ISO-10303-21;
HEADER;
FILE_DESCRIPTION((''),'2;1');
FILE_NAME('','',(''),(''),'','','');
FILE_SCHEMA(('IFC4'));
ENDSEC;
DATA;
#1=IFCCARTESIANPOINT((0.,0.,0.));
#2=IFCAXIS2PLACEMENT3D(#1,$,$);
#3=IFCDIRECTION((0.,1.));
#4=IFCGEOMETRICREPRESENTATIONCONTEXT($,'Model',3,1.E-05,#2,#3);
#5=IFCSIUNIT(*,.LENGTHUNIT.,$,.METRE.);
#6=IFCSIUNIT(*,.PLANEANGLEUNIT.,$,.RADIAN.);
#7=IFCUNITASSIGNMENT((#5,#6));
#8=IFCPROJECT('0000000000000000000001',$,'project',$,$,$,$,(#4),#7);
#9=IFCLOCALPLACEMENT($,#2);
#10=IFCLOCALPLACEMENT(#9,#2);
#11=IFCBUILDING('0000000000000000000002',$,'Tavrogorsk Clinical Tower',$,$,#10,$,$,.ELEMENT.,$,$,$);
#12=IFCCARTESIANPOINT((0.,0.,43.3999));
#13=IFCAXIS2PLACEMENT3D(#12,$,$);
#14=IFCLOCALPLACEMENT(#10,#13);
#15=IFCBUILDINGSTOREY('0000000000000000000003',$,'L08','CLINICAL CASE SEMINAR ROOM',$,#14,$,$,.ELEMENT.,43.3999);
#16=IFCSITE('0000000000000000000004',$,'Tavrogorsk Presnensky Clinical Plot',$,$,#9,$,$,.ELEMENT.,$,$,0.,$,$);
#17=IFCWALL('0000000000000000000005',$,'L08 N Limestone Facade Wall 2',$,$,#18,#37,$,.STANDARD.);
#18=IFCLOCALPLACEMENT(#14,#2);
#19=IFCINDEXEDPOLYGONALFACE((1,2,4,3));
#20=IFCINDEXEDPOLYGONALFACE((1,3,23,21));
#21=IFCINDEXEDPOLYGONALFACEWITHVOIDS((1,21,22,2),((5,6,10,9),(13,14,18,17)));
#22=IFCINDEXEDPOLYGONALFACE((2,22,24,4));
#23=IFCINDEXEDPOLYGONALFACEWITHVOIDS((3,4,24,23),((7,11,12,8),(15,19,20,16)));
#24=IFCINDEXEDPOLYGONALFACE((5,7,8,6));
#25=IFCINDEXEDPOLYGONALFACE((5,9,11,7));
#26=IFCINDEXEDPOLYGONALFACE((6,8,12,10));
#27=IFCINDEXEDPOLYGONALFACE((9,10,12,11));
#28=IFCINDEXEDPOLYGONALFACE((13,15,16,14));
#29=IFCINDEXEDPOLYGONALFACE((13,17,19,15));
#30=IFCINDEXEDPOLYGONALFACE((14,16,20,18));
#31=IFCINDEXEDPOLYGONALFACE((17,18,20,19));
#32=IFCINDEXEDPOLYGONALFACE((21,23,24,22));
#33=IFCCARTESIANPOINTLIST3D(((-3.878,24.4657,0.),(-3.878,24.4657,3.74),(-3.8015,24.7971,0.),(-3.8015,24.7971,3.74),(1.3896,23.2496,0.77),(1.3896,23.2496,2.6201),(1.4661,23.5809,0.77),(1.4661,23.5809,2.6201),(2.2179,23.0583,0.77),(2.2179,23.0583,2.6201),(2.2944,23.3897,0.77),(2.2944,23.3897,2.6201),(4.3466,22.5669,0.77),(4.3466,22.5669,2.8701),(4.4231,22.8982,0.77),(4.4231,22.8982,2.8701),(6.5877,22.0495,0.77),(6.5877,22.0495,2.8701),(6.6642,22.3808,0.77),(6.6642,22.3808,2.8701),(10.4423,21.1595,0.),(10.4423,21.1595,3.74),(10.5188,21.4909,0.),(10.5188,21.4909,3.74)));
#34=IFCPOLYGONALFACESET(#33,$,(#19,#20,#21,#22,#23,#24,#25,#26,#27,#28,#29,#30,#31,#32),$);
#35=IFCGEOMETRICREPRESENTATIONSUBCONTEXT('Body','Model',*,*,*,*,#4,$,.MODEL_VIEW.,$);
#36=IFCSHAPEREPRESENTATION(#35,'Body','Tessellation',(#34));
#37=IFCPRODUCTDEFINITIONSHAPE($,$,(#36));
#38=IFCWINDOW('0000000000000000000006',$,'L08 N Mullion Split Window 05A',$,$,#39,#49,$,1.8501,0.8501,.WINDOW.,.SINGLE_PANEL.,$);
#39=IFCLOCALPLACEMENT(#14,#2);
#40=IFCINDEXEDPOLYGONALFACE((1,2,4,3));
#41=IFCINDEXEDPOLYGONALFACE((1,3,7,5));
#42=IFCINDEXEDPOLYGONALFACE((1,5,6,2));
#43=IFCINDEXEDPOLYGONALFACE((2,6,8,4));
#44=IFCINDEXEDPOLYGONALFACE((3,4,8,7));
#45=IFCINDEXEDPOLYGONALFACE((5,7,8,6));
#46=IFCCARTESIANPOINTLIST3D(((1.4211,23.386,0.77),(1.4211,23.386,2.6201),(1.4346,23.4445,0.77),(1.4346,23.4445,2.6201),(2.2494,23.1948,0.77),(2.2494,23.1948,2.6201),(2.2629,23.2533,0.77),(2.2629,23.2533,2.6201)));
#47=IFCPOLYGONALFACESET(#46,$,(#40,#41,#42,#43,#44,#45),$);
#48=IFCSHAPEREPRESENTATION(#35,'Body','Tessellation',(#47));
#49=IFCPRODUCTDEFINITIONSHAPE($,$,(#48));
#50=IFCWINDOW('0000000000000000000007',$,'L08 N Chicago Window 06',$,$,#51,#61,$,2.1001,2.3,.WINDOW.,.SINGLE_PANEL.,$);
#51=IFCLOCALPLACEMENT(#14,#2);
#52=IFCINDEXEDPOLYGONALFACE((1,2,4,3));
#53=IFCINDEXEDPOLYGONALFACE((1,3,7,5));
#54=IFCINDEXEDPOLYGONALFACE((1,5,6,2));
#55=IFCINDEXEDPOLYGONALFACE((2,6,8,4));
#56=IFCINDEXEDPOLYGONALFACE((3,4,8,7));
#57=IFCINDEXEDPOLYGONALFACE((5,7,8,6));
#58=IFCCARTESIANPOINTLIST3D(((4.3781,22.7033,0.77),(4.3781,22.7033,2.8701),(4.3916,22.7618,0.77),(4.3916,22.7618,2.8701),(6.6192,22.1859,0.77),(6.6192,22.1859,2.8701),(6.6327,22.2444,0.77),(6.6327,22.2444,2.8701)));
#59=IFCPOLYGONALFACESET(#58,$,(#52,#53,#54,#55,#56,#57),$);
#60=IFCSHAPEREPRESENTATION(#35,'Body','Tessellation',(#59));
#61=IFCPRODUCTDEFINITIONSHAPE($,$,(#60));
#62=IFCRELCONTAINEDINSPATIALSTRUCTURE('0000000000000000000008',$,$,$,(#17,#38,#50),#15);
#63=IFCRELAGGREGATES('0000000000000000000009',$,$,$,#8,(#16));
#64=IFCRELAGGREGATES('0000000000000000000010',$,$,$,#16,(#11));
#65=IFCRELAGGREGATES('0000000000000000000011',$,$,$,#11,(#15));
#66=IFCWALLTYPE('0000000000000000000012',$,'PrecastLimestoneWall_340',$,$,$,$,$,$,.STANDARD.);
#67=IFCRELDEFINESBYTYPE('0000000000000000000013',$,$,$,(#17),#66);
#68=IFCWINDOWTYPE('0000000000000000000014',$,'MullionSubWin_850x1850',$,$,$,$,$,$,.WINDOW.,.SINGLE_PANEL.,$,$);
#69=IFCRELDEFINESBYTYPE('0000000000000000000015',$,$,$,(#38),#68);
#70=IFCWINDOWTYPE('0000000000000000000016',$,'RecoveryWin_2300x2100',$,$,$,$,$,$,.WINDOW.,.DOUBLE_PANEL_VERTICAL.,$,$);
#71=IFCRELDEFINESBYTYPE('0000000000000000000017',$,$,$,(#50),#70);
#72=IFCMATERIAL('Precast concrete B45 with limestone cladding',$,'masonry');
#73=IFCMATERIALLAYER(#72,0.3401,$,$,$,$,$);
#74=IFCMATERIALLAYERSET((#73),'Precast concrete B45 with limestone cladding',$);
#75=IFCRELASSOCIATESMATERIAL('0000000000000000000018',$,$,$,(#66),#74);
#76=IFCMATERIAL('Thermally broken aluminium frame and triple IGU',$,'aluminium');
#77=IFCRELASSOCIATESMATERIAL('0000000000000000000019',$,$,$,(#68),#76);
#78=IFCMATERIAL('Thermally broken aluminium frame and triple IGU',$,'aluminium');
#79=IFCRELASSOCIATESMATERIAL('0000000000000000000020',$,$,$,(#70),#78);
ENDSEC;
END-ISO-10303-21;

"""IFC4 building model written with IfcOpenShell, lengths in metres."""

from ifc_helpers import new_model, si_unit, direction, frame, frame_2d, origin, place, context, subcontext, project, spatial, rectangle, extrude, material, layer, layer_set, type_object, element, fill, save


model = new_model("IFC4")

# Units and contexts
model_context = context("Model", 3, precision=1e-05, world=origin(), true_north=direction((0.0, 1.0)))
body_context = subcontext(model_context, "Body", "Model", "MODEL_VIEW")
ifc_project = project(units=[si_unit("LENGTHUNIT", "METRE"), si_unit("PLANEANGLEUNIT", "RADIAN")], contexts=[model_context])

# Site, building, storey
site_placement = place(None, origin())
site = spatial("IfcSite", under=ifc_project, at=site_placement, Name="Tavrogorsk Presnensky Clinical Plot", CompositionType="ELEMENT", RefElevation=0.0)
building_placement = place(site_placement, origin())
building = spatial("IfcBuilding", under=site, at=building_placement, Name="Tavrogorsk Clinical Tower", CompositionType="ELEMENT")
storey_placement = place(building_placement, frame((0.0, 0.0, 43.3999)))
storey = spatial("IfcBuildingStorey", under=building, at=storey_placement, Name="L08", Description="CLINICAL CASE SEMINAR ROOM", CompositionType="ELEMENT", Elevation=43.3999)

# Wall, openings, windows
ifc_material_1 = material(Name="Precast concrete B45 with limestone cladding", Category="masonry")
ifc_layer_1 = layer(ifc_material_1, 0.3401)
ifc_layer_set_1 = layer_set([ifc_layer_1], Name="Precast concrete B45 with limestone cladding")
wall_type_1 = type_object("IfcWallType", Name="PrecastLimestoneWall_340", PredefinedType="STANDARD", material=ifc_layer_set_1)
wall_1_placement = place(storey_placement, frame((10.4807, 21.3252, 0.0), z_axis=(0.0, 0.0, 1.0), x_axis=(-0.974369, 0.224954, 0.0)))
wall_1 = element("IfcWall", 1, at=wall_1_placement, inside=storey, type_object=wall_type_1, Name="L08 N Limestone Facade Wall 2", PredefinedType="STANDARD", context=body_context, shape_type="SweptSolid", body=[
    extrude(rectangle(XDim=14.697, YDim=0.3401, at=frame_2d((7.3486, 0.0))), origin(), (0.0, 0.0, 1.0), 3.74),
])
opening_1_placement = place(wall_1_placement, frame((8.4409, 0.0, 0.77)))
opening_1 = element("IfcOpeningElement", 2, at=opening_1_placement, cuts=wall_1, PredefinedType="OPENING", context=body_context, shape_type="SweptSolid", body=[
    extrude(rectangle(XDim=0.8501, YDim=1.8501, at=frame_2d((0.425, 0.925))), frame((0.0, 0.1799, 0.0), z_axis=(0.0, -1.0, 0.0), x_axis=(1.0, 0.0, 0.0)), (0.0, 0.0, 1.0), 0.3601),
])
opening_2_placement = place(wall_1_placement, frame((3.9563, 0.0, 0.77)))
opening_2 = element("IfcOpeningElement", 3, at=opening_2_placement, cuts=wall_1, PredefinedType="OPENING", context=body_context, shape_type="SweptSolid", body=[
    extrude(rectangle(XDim=2.3, YDim=2.1001, at=frame_2d((1.1499, 1.05))), frame((0.0, 0.1799, 0.0), z_axis=(0.0, -1.0, 0.0), x_axis=(1.0, 0.0, 0.0)), (0.0, 0.0, 1.0), 0.3601),
])
ifc_material_2 = material(Name="Thermally broken aluminium frame and triple IGU", Category="aluminium")
window_type_1 = type_object("IfcWindowType", Name="MullionSubWin_850x1850", PartitioningType="SINGLE_PANEL", PredefinedType="WINDOW", material=ifc_material_2)
window_1_placement = place(opening_1_placement, origin())
window_1 = element("IfcWindow", 4, at=window_1_placement, inside=storey, type_object=window_type_1, Name="L08 N Mullion Split Window 05A", OverallHeight=1.8501, OverallWidth=0.8501, PartitioningType="SINGLE_PANEL", PredefinedType="WINDOW", context=body_context, shape_type="SweptSolid", body=[
    extrude(rectangle(XDim=0.8501, YDim=1.8501, at=frame_2d((0.425, 0.925))), frame((0.0, 0.03, 0.0), z_axis=(0.0, -1.0, 0.0), x_axis=(1.0, 0.0, 0.0)), (0.0, 0.0, 1.0), 0.0601),
])
fill(opening_1, window_1)
ifc_material_3 = material(Name="Thermally broken aluminium frame and triple IGU", Category="aluminium")
window_type_2 = type_object("IfcWindowType", Name="RecoveryWin_2300x2100", PartitioningType="DOUBLE_PANEL_VERTICAL", PredefinedType="WINDOW", material=ifc_material_3)
window_2_placement = place(opening_2_placement, origin())
window_2 = element("IfcWindow", 5, at=window_2_placement, inside=storey, type_object=window_type_2, Name="L08 N Chicago Window 06", OverallHeight=2.1001, OverallWidth=2.3, PartitioningType="SINGLE_PANEL", PredefinedType="WINDOW", context=body_context, shape_type="SweptSolid", body=[
    extrude(rectangle(XDim=2.3, YDim=2.1001, at=frame_2d((1.1499, 1.05))), frame((0.0, 0.03, 0.0), z_axis=(0.0, -1.0, 0.0), x_axis=(1.0, 0.0, 0.0)), (0.0, 0.0, 1.0), 0.0601),
])
fill(opening_2, window_2)

save(model, "model.ifc")
